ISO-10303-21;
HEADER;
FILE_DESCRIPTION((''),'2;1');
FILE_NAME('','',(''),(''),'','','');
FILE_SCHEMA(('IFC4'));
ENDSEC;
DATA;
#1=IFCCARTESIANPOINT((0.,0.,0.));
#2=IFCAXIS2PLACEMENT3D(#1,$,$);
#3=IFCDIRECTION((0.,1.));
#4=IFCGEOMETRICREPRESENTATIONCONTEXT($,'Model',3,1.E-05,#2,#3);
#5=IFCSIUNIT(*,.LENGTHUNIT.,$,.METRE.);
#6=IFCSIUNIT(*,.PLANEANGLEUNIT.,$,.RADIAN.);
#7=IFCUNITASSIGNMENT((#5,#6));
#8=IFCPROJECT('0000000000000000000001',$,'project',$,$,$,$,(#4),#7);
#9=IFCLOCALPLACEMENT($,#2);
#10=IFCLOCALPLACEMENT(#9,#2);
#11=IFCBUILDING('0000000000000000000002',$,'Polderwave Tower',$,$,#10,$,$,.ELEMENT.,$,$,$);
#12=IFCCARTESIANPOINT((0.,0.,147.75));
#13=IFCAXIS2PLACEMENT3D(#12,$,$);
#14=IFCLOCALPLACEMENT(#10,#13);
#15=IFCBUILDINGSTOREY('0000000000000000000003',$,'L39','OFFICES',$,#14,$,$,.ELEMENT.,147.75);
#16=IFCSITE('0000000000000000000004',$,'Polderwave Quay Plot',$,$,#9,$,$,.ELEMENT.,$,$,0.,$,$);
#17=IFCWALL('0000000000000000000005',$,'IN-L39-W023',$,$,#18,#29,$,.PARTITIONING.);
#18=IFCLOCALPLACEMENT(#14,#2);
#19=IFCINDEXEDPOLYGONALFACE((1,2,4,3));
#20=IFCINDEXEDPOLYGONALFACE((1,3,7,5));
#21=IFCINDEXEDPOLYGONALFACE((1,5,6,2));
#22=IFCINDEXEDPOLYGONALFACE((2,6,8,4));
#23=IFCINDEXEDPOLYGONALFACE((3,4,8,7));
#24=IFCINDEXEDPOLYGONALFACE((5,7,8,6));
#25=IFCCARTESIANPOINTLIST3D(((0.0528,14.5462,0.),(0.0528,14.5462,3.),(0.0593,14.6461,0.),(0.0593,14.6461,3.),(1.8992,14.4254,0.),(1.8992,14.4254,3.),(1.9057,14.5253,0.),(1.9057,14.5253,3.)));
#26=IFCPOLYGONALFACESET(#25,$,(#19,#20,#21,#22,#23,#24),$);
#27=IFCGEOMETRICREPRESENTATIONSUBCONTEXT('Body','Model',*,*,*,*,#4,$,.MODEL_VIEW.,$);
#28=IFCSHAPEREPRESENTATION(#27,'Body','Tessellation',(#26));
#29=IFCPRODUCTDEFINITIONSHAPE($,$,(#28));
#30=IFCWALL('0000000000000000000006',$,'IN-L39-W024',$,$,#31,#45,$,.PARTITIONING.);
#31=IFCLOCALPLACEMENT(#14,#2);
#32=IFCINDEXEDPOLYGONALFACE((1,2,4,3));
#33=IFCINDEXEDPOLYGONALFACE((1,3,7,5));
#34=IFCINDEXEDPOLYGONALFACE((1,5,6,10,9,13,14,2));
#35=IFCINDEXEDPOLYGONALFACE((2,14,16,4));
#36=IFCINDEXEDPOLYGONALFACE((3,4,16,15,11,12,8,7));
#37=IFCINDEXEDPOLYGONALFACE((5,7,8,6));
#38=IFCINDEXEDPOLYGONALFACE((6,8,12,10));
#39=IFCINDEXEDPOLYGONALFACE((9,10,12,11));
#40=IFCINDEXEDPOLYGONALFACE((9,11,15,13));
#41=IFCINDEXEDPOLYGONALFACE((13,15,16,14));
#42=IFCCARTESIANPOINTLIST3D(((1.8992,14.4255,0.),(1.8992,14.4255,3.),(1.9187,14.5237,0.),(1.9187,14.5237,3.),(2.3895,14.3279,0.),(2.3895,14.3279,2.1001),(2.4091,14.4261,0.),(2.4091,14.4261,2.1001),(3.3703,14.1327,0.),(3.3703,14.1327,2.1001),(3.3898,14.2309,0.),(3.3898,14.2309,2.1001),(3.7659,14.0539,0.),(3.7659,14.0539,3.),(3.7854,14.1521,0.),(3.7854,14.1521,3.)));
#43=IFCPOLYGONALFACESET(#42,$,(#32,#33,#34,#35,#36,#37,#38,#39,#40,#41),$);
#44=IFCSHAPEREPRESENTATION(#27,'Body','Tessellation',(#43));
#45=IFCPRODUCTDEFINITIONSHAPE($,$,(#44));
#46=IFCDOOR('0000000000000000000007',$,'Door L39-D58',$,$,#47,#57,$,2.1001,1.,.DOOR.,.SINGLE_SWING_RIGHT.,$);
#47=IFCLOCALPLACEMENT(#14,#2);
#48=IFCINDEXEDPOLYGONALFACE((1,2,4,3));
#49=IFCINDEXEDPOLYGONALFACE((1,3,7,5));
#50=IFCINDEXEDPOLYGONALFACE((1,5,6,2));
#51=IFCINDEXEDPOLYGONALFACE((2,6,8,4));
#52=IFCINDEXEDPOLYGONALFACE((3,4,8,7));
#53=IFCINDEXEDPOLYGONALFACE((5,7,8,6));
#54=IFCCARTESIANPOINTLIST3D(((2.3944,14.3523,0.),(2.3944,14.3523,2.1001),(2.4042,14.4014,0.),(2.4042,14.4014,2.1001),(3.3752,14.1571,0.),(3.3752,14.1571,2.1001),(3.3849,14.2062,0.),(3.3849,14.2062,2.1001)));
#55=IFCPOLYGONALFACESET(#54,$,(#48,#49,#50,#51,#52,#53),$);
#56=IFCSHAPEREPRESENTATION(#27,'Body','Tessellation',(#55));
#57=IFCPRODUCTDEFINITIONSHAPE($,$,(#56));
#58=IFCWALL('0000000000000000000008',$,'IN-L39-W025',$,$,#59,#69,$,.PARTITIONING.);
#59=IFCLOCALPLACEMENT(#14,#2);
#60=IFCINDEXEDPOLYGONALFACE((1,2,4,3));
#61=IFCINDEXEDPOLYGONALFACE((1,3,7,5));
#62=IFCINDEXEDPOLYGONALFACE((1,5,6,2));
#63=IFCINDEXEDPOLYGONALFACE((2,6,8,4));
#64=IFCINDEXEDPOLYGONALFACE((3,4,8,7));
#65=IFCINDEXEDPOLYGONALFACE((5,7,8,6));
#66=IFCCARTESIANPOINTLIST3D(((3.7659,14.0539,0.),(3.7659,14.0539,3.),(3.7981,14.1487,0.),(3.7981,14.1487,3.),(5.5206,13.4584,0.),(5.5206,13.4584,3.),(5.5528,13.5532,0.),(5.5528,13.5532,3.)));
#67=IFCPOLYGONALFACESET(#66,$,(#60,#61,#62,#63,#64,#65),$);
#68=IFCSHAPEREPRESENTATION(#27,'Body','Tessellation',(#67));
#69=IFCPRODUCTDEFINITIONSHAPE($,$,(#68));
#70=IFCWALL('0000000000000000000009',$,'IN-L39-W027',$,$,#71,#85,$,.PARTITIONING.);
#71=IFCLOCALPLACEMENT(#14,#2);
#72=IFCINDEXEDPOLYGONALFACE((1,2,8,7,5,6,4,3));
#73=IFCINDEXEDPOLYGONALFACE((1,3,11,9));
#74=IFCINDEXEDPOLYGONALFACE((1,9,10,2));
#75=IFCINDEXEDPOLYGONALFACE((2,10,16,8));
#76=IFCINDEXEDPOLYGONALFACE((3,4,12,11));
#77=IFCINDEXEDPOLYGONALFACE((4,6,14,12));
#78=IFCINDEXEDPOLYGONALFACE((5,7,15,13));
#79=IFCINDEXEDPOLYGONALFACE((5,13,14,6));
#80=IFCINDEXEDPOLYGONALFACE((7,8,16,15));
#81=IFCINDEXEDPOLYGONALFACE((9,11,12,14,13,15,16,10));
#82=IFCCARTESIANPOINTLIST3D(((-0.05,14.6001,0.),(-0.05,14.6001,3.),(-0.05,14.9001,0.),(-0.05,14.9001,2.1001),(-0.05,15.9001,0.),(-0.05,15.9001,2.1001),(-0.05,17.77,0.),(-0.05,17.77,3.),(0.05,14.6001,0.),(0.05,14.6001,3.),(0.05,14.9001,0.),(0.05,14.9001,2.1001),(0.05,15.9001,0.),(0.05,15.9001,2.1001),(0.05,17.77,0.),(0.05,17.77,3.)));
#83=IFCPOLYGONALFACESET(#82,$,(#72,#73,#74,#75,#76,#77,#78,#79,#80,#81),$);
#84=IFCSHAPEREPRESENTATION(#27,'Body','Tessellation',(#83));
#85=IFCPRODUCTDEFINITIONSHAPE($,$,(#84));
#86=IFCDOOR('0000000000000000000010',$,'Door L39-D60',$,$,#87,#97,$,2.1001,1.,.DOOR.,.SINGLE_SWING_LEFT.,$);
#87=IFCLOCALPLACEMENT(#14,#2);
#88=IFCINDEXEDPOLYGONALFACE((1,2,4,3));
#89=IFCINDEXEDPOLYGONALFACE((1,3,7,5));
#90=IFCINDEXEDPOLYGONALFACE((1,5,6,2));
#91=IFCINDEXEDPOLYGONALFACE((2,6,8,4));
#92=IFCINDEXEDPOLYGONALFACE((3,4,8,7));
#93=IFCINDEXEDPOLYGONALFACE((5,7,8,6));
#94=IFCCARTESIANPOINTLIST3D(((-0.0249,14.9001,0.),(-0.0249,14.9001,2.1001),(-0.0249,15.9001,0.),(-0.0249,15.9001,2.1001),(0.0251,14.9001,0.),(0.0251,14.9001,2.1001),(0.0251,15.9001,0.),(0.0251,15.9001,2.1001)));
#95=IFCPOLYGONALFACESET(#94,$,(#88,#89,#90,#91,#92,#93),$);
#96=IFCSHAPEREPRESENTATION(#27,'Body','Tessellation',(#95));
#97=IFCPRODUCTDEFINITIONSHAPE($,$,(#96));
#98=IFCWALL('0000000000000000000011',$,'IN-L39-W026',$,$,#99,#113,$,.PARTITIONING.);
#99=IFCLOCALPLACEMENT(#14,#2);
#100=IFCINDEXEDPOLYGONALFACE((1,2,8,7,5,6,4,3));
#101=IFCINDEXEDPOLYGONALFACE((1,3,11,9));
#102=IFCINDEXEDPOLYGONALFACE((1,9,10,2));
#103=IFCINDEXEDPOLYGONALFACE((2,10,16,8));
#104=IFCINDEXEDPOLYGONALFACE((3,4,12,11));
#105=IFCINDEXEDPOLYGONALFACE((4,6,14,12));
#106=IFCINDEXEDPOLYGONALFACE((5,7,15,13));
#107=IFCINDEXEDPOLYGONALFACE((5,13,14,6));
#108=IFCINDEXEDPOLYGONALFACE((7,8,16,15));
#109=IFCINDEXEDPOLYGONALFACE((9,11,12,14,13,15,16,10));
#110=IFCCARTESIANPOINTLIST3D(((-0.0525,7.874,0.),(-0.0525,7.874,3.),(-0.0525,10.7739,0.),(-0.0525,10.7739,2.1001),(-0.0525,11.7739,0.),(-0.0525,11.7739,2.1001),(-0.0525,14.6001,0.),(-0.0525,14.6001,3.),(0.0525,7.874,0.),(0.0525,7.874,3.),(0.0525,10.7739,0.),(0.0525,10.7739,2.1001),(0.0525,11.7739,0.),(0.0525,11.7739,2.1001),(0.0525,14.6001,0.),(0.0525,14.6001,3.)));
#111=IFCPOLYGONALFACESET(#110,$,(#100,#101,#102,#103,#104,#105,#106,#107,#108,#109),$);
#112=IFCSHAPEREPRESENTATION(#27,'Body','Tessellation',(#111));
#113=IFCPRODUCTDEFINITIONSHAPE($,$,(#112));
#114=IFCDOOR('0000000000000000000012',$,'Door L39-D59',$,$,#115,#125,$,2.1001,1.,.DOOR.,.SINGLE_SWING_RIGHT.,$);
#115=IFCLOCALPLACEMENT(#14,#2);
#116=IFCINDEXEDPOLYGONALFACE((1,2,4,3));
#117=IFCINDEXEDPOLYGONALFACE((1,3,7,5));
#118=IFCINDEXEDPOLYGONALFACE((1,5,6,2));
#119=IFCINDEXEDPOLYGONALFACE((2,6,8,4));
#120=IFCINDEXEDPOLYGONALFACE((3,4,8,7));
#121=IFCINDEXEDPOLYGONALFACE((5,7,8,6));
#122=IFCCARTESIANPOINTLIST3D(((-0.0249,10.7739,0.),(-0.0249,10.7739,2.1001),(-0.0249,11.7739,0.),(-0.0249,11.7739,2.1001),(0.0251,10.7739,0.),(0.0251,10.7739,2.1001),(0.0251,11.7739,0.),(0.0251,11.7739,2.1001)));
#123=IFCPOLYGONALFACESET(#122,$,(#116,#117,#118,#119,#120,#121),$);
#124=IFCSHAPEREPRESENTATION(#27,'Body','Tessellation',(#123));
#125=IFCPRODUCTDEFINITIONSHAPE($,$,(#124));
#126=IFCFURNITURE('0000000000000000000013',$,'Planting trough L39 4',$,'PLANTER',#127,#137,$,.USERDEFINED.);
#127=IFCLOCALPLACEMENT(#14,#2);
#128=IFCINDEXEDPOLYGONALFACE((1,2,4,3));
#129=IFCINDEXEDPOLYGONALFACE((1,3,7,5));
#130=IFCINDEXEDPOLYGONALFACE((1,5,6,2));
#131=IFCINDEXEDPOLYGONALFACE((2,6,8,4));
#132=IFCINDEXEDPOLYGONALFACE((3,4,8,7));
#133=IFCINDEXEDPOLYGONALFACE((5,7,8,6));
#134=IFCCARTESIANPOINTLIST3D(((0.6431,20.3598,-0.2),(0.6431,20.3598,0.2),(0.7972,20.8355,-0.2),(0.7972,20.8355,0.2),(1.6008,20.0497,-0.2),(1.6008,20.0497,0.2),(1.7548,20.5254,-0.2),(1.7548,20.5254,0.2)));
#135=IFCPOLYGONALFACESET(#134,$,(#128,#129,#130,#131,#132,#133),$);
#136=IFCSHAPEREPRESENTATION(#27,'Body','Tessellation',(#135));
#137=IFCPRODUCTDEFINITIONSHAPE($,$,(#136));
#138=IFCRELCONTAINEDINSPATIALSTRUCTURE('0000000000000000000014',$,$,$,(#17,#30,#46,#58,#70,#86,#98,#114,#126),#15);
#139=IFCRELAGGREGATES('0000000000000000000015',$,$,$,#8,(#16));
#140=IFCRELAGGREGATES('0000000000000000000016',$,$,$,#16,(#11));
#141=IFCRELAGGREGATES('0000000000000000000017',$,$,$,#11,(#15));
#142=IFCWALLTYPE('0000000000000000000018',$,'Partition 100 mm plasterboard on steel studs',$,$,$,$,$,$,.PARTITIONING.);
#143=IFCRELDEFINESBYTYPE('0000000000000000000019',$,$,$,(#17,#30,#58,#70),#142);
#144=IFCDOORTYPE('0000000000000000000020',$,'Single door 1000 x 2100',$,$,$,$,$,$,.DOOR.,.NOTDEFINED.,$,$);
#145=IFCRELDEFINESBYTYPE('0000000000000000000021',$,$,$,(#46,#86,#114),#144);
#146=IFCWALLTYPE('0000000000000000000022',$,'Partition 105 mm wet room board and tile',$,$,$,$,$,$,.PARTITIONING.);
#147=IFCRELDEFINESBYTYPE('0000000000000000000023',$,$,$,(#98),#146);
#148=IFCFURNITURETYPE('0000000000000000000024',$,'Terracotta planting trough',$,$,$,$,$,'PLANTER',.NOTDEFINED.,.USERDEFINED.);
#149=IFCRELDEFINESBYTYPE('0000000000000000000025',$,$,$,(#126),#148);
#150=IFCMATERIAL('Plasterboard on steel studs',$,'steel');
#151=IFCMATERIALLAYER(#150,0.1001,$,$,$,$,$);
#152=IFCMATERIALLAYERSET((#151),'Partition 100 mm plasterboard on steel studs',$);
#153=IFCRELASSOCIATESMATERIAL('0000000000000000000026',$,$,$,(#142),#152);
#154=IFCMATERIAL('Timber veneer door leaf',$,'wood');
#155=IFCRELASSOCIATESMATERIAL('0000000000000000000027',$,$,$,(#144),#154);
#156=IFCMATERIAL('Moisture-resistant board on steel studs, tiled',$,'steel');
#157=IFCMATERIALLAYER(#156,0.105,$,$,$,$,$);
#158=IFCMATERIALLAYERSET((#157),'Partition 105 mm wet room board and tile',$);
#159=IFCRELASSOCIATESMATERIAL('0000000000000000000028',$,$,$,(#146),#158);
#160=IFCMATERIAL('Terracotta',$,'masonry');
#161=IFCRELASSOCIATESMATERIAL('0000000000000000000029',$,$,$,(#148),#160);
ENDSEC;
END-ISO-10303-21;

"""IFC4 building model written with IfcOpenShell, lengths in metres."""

from ifc_helpers import new_model, si_unit, direction, frame, frame_2d, origin, origin_2d, place, context, subcontext, project, spatial, rectangle, extrude, material, layer, layer_set, type_object, element, fill, save


model = new_model("IFC4")

# Units and contexts
model_context = context("Model", 3, precision=1e-05, world=origin(), true_north=direction((0.0, 1.0)))
body_context = subcontext(model_context, "Body", "Model", "MODEL_VIEW")
ifc_project = project(units=[si_unit("LENGTHUNIT", "METRE"), si_unit("PLANEANGLEUNIT", "RADIAN")], contexts=[model_context])

# Site, building, storey
site_placement = place(None, origin())
site = spatial("IfcSite", under=ifc_project, at=site_placement, Name="Polderwave Quay Plot", CompositionType="ELEMENT", RefElevation=0.0)
building_placement = place(site_placement, origin())
building = spatial("IfcBuilding", under=site, at=building_placement, Name="Polderwave Tower", CompositionType="ELEMENT")
storey_placement = place(building_placement, frame((0.0, 0.0, 147.75)))
storey = spatial("IfcBuildingStorey", under=building, at=storey_placement, Name="L39", Description="OFFICES", CompositionType="ELEMENT", Elevation=147.75)

# Shared definitions
ifc_material_1 = material(Name="Plasterboard on steel studs", Category="steel")
ifc_layer_1 = layer(ifc_material_1, 0.1001)
ifc_layer_set_1 = layer_set([ifc_layer_1], Name="Partition 100 mm plasterboard on steel studs")
wall_type_1 = type_object("IfcWallType", Name="Partition 100 mm plasterboard on steel studs", PredefinedType="PARTITIONING", material=ifc_layer_set_1)
ifc_material_2 = material(Name="Timber veneer door leaf", Category="wood")
door_type = type_object("IfcDoorType", Name="Single door 1000 x 2100", OperationType="NOTDEFINED", PredefinedType="DOOR", material=ifc_material_2)

# Wall
wall_1_placement = place(storey_placement, frame((0.0559, 14.5962, 0.0), z_axis=(0.0, 0.0, 1.0), x_axis=(0.997865, -0.06531, 0.0)))
element("IfcWall", 1, at=wall_1_placement, inside=storey, type_object=wall_type_1, Name="IN-L39-W023", PredefinedType="PARTITIONING", context=body_context, shape_type="SweptSolid", body=[
    extrude(rectangle(XDim=1.8503, YDim=0.1001, at=frame_2d((0.9253, 0.0))), origin(), (0.0, 0.0, 1.0), 3.0),
])

# Wall, opening, door
wall_2_placement = place(storey_placement, frame((1.9089, 14.4746, 0.0), z_axis=(0.0, 0.0, 1.0), x_axis=(0.980758, -0.195228, 0.0)))
wall_2 = element("IfcWall", 2, at=wall_2_placement, inside=storey, type_object=wall_type_1, Name="IN-L39-W024", PredefinedType="PARTITIONING", context=body_context, shape_type="SweptSolid", body=[
    extrude(rectangle(XDim=1.9033, YDim=0.1001, at=frame_2d((0.9517, 0.0))), origin(), (0.0, 0.0, 1.0), 3.0),
])
opening_1_placement = place(wall_2_placement, frame((0.5, 0.0, 0.0)))
opening_1 = element("IfcOpeningElement", 3, at=opening_1_placement, cuts=wall_2, PredefinedType="OPENING", context=body_context, shape_type="SweptSolid", body=[
    extrude(rectangle(XDim=1.0, YDim=2.1001, at=frame_2d((0.5, 1.05))), frame((0.0, 0.0601, 0.0), z_axis=(0.0, -1.0, 0.0), x_axis=(1.0, 0.0, 0.0)), (0.0, 0.0, 1.0), 0.1201),
])
door_1_placement = place(opening_1_placement, origin())
door_1 = element("IfcDoor", 4, at=door_1_placement, inside=storey, type_object=door_type, Name="Door L39-D58", OperationType="SINGLE_SWING_RIGHT", OverallHeight=2.1001, OverallWidth=1.0, PredefinedType="DOOR", context=body_context, shape_type="SweptSolid", body=[
    extrude(rectangle(XDim=1.0, YDim=2.1001, at=frame_2d((0.5, 1.05))), frame((0.0, 0.0249, 0.0), z_axis=(0.0, -1.0, 0.0), x_axis=(1.0, 0.0, 0.0)), (0.0, 0.0, 1.0), 0.05),
])
fill(opening_1, door_1)

# Wall
wall_3_placement = place(storey_placement, frame((3.782, 14.1013, 0.0), z_axis=(0.0, 0.0, 1.0), x_axis=(0.946957, -0.321362, 0.0)))
element("IfcWall", 5, at=wall_3_placement, inside=storey, type_object=wall_type_1, Name="IN-L39-W025", PredefinedType="PARTITIONING", context=body_context, shape_type="SweptSolid", body=[
    extrude(rectangle(XDim=1.853, YDim=0.1001, at=frame_2d((0.9265, 0.0))), origin(), (0.0, 0.0, 1.0), 3.0),
])

# Walls, openings, doors
wall_4_placement = place(storey_placement, frame((0.0, 14.6001, 0.0), z_axis=(0.0, 0.0, 1.0), x_axis=(0.0, 1.0, 0.0)))
wall_4 = element("IfcWall", 6, at=wall_4_placement, inside=storey, type_object=wall_type_1, Name="IN-L39-W027", PredefinedType="PARTITIONING", context=body_context, shape_type="SweptSolid", body=[
    extrude(rectangle(XDim=3.1699, YDim=0.1001, at=frame_2d((1.585, 0.0))), origin(), (0.0, 0.0, 1.0), 3.0),
])
opening_2_placement = place(wall_4_placement, frame((0.3, 0.0, 0.0)))
opening_2 = element("IfcOpeningElement", 7, at=opening_2_placement, cuts=wall_4, PredefinedType="OPENING", context=body_context, shape_type="SweptSolid", body=[
    extrude(rectangle(XDim=1.0, YDim=2.1001, at=frame_2d((0.5, 1.05))), frame((0.0, 0.0601, 0.0), z_axis=(0.0, -1.0, 0.0), x_axis=(1.0, 0.0, 0.0)), (0.0, 0.0, 1.0), 0.1201),
])
door_2_placement = place(opening_2_placement, origin())
door_2 = element("IfcDoor", 8, at=door_2_placement, inside=storey, type_object=door_type, Name="Door L39-D60", OperationType="SINGLE_SWING_LEFT", OverallHeight=2.1001, OverallWidth=1.0, PredefinedType="DOOR", context=body_context, shape_type="SweptSolid", body=[
    extrude(rectangle(XDim=1.0, YDim=2.1001, at=frame_2d((0.5, 1.05))), frame((0.0, 0.0249, 0.0), z_axis=(0.0, -1.0, 0.0), x_axis=(1.0, 0.0, 0.0)), (0.0, 0.0, 1.0), 0.05),
])
fill(opening_2, door_2)
ifc_material_3 = material(Name="Moisture-resistant board on steel studs, tiled", Category="steel")
ifc_layer_2 = layer(ifc_material_3, 0.105)
ifc_layer_set_2 = layer_set([ifc_layer_2], Name="Partition 105 mm wet room board and tile")
wall_type_2 = type_object("IfcWallType", Name="Partition 105 mm wet room board and tile", PredefinedType="PARTITIONING", material=ifc_layer_set_2)
wall_5_placement = place(storey_placement, frame((0.0, 7.874, 0.0), z_axis=(0.0, 0.0, 1.0), x_axis=(0.0, 1.0, 0.0)))
wall_5 = element("IfcWall", 9, at=wall_5_placement, inside=storey, type_object=wall_type_2, Name="IN-L39-W026", PredefinedType="PARTITIONING", context=body_context, shape_type="SweptSolid", body=[
    extrude(rectangle(XDim=6.7261, YDim=0.105, at=frame_2d((3.363, 0.0))), origin(), (0.0, 0.0, 1.0), 3.0),
])
opening_3_placement = place(wall_5_placement, frame((2.8999, 0.0, 0.0)))
opening_3 = element("IfcOpeningElement", 10, at=opening_3_placement, cuts=wall_5, PredefinedType="OPENING", context=body_context, shape_type="SweptSolid", body=[
    extrude(rectangle(XDim=1.0, YDim=2.1001, at=frame_2d((0.5, 1.05))), frame((0.0, 0.0625, 0.0), z_axis=(0.0, -1.0, 0.0), x_axis=(1.0, 0.0, 0.0)), (0.0, 0.0, 1.0), 0.125),
])
door_3_placement = place(opening_3_placement, origin())
door_3 = element("IfcDoor", 11, at=door_3_placement, inside=storey, type_object=door_type, Name="Door L39-D59", OperationType="SINGLE_SWING_RIGHT", OverallHeight=2.1001, OverallWidth=1.0, PredefinedType="DOOR", context=body_context, shape_type="SweptSolid", body=[
    extrude(rectangle(XDim=1.0, YDim=2.1001, at=frame_2d((0.5, 1.05))), frame((0.0, 0.0249, 0.0), z_axis=(0.0, -1.0, 0.0), x_axis=(1.0, 0.0, 0.0)), (0.0, 0.0, 1.0), 0.05),
])
fill(opening_3, door_3)

# Furniture
ifc_material_4 = material(Name="Terracotta", Category="masonry")
furniture_type = type_object("IfcFurnitureType", Name="Terracotta planting trough", ElementType="PLANTER", AssemblyPlace="NOTDEFINED", PredefinedType="USERDEFINED", material=ifc_material_4)
furniture_placement = place(storey_placement, frame((1.199, 20.4426, -0.2), z_axis=(0.0, 0.0, 1.0), x_axis=(-0.95136, 0.308081, 0.0)))
element("IfcFurniture", 12, at=furniture_placement, inside=storey, type_object=furniture_type, Name="Planting trough L39 4", ObjectType="PLANTER", PredefinedType="USERDEFINED", context=body_context, shape_type="SweptSolid", body=[
    extrude(rectangle(XDim=1.0066, YDim=0.5, at=origin_2d()), origin(), (0.0, 0.0, 1.0), 0.3999),
])

save(model, "model.ifc")
